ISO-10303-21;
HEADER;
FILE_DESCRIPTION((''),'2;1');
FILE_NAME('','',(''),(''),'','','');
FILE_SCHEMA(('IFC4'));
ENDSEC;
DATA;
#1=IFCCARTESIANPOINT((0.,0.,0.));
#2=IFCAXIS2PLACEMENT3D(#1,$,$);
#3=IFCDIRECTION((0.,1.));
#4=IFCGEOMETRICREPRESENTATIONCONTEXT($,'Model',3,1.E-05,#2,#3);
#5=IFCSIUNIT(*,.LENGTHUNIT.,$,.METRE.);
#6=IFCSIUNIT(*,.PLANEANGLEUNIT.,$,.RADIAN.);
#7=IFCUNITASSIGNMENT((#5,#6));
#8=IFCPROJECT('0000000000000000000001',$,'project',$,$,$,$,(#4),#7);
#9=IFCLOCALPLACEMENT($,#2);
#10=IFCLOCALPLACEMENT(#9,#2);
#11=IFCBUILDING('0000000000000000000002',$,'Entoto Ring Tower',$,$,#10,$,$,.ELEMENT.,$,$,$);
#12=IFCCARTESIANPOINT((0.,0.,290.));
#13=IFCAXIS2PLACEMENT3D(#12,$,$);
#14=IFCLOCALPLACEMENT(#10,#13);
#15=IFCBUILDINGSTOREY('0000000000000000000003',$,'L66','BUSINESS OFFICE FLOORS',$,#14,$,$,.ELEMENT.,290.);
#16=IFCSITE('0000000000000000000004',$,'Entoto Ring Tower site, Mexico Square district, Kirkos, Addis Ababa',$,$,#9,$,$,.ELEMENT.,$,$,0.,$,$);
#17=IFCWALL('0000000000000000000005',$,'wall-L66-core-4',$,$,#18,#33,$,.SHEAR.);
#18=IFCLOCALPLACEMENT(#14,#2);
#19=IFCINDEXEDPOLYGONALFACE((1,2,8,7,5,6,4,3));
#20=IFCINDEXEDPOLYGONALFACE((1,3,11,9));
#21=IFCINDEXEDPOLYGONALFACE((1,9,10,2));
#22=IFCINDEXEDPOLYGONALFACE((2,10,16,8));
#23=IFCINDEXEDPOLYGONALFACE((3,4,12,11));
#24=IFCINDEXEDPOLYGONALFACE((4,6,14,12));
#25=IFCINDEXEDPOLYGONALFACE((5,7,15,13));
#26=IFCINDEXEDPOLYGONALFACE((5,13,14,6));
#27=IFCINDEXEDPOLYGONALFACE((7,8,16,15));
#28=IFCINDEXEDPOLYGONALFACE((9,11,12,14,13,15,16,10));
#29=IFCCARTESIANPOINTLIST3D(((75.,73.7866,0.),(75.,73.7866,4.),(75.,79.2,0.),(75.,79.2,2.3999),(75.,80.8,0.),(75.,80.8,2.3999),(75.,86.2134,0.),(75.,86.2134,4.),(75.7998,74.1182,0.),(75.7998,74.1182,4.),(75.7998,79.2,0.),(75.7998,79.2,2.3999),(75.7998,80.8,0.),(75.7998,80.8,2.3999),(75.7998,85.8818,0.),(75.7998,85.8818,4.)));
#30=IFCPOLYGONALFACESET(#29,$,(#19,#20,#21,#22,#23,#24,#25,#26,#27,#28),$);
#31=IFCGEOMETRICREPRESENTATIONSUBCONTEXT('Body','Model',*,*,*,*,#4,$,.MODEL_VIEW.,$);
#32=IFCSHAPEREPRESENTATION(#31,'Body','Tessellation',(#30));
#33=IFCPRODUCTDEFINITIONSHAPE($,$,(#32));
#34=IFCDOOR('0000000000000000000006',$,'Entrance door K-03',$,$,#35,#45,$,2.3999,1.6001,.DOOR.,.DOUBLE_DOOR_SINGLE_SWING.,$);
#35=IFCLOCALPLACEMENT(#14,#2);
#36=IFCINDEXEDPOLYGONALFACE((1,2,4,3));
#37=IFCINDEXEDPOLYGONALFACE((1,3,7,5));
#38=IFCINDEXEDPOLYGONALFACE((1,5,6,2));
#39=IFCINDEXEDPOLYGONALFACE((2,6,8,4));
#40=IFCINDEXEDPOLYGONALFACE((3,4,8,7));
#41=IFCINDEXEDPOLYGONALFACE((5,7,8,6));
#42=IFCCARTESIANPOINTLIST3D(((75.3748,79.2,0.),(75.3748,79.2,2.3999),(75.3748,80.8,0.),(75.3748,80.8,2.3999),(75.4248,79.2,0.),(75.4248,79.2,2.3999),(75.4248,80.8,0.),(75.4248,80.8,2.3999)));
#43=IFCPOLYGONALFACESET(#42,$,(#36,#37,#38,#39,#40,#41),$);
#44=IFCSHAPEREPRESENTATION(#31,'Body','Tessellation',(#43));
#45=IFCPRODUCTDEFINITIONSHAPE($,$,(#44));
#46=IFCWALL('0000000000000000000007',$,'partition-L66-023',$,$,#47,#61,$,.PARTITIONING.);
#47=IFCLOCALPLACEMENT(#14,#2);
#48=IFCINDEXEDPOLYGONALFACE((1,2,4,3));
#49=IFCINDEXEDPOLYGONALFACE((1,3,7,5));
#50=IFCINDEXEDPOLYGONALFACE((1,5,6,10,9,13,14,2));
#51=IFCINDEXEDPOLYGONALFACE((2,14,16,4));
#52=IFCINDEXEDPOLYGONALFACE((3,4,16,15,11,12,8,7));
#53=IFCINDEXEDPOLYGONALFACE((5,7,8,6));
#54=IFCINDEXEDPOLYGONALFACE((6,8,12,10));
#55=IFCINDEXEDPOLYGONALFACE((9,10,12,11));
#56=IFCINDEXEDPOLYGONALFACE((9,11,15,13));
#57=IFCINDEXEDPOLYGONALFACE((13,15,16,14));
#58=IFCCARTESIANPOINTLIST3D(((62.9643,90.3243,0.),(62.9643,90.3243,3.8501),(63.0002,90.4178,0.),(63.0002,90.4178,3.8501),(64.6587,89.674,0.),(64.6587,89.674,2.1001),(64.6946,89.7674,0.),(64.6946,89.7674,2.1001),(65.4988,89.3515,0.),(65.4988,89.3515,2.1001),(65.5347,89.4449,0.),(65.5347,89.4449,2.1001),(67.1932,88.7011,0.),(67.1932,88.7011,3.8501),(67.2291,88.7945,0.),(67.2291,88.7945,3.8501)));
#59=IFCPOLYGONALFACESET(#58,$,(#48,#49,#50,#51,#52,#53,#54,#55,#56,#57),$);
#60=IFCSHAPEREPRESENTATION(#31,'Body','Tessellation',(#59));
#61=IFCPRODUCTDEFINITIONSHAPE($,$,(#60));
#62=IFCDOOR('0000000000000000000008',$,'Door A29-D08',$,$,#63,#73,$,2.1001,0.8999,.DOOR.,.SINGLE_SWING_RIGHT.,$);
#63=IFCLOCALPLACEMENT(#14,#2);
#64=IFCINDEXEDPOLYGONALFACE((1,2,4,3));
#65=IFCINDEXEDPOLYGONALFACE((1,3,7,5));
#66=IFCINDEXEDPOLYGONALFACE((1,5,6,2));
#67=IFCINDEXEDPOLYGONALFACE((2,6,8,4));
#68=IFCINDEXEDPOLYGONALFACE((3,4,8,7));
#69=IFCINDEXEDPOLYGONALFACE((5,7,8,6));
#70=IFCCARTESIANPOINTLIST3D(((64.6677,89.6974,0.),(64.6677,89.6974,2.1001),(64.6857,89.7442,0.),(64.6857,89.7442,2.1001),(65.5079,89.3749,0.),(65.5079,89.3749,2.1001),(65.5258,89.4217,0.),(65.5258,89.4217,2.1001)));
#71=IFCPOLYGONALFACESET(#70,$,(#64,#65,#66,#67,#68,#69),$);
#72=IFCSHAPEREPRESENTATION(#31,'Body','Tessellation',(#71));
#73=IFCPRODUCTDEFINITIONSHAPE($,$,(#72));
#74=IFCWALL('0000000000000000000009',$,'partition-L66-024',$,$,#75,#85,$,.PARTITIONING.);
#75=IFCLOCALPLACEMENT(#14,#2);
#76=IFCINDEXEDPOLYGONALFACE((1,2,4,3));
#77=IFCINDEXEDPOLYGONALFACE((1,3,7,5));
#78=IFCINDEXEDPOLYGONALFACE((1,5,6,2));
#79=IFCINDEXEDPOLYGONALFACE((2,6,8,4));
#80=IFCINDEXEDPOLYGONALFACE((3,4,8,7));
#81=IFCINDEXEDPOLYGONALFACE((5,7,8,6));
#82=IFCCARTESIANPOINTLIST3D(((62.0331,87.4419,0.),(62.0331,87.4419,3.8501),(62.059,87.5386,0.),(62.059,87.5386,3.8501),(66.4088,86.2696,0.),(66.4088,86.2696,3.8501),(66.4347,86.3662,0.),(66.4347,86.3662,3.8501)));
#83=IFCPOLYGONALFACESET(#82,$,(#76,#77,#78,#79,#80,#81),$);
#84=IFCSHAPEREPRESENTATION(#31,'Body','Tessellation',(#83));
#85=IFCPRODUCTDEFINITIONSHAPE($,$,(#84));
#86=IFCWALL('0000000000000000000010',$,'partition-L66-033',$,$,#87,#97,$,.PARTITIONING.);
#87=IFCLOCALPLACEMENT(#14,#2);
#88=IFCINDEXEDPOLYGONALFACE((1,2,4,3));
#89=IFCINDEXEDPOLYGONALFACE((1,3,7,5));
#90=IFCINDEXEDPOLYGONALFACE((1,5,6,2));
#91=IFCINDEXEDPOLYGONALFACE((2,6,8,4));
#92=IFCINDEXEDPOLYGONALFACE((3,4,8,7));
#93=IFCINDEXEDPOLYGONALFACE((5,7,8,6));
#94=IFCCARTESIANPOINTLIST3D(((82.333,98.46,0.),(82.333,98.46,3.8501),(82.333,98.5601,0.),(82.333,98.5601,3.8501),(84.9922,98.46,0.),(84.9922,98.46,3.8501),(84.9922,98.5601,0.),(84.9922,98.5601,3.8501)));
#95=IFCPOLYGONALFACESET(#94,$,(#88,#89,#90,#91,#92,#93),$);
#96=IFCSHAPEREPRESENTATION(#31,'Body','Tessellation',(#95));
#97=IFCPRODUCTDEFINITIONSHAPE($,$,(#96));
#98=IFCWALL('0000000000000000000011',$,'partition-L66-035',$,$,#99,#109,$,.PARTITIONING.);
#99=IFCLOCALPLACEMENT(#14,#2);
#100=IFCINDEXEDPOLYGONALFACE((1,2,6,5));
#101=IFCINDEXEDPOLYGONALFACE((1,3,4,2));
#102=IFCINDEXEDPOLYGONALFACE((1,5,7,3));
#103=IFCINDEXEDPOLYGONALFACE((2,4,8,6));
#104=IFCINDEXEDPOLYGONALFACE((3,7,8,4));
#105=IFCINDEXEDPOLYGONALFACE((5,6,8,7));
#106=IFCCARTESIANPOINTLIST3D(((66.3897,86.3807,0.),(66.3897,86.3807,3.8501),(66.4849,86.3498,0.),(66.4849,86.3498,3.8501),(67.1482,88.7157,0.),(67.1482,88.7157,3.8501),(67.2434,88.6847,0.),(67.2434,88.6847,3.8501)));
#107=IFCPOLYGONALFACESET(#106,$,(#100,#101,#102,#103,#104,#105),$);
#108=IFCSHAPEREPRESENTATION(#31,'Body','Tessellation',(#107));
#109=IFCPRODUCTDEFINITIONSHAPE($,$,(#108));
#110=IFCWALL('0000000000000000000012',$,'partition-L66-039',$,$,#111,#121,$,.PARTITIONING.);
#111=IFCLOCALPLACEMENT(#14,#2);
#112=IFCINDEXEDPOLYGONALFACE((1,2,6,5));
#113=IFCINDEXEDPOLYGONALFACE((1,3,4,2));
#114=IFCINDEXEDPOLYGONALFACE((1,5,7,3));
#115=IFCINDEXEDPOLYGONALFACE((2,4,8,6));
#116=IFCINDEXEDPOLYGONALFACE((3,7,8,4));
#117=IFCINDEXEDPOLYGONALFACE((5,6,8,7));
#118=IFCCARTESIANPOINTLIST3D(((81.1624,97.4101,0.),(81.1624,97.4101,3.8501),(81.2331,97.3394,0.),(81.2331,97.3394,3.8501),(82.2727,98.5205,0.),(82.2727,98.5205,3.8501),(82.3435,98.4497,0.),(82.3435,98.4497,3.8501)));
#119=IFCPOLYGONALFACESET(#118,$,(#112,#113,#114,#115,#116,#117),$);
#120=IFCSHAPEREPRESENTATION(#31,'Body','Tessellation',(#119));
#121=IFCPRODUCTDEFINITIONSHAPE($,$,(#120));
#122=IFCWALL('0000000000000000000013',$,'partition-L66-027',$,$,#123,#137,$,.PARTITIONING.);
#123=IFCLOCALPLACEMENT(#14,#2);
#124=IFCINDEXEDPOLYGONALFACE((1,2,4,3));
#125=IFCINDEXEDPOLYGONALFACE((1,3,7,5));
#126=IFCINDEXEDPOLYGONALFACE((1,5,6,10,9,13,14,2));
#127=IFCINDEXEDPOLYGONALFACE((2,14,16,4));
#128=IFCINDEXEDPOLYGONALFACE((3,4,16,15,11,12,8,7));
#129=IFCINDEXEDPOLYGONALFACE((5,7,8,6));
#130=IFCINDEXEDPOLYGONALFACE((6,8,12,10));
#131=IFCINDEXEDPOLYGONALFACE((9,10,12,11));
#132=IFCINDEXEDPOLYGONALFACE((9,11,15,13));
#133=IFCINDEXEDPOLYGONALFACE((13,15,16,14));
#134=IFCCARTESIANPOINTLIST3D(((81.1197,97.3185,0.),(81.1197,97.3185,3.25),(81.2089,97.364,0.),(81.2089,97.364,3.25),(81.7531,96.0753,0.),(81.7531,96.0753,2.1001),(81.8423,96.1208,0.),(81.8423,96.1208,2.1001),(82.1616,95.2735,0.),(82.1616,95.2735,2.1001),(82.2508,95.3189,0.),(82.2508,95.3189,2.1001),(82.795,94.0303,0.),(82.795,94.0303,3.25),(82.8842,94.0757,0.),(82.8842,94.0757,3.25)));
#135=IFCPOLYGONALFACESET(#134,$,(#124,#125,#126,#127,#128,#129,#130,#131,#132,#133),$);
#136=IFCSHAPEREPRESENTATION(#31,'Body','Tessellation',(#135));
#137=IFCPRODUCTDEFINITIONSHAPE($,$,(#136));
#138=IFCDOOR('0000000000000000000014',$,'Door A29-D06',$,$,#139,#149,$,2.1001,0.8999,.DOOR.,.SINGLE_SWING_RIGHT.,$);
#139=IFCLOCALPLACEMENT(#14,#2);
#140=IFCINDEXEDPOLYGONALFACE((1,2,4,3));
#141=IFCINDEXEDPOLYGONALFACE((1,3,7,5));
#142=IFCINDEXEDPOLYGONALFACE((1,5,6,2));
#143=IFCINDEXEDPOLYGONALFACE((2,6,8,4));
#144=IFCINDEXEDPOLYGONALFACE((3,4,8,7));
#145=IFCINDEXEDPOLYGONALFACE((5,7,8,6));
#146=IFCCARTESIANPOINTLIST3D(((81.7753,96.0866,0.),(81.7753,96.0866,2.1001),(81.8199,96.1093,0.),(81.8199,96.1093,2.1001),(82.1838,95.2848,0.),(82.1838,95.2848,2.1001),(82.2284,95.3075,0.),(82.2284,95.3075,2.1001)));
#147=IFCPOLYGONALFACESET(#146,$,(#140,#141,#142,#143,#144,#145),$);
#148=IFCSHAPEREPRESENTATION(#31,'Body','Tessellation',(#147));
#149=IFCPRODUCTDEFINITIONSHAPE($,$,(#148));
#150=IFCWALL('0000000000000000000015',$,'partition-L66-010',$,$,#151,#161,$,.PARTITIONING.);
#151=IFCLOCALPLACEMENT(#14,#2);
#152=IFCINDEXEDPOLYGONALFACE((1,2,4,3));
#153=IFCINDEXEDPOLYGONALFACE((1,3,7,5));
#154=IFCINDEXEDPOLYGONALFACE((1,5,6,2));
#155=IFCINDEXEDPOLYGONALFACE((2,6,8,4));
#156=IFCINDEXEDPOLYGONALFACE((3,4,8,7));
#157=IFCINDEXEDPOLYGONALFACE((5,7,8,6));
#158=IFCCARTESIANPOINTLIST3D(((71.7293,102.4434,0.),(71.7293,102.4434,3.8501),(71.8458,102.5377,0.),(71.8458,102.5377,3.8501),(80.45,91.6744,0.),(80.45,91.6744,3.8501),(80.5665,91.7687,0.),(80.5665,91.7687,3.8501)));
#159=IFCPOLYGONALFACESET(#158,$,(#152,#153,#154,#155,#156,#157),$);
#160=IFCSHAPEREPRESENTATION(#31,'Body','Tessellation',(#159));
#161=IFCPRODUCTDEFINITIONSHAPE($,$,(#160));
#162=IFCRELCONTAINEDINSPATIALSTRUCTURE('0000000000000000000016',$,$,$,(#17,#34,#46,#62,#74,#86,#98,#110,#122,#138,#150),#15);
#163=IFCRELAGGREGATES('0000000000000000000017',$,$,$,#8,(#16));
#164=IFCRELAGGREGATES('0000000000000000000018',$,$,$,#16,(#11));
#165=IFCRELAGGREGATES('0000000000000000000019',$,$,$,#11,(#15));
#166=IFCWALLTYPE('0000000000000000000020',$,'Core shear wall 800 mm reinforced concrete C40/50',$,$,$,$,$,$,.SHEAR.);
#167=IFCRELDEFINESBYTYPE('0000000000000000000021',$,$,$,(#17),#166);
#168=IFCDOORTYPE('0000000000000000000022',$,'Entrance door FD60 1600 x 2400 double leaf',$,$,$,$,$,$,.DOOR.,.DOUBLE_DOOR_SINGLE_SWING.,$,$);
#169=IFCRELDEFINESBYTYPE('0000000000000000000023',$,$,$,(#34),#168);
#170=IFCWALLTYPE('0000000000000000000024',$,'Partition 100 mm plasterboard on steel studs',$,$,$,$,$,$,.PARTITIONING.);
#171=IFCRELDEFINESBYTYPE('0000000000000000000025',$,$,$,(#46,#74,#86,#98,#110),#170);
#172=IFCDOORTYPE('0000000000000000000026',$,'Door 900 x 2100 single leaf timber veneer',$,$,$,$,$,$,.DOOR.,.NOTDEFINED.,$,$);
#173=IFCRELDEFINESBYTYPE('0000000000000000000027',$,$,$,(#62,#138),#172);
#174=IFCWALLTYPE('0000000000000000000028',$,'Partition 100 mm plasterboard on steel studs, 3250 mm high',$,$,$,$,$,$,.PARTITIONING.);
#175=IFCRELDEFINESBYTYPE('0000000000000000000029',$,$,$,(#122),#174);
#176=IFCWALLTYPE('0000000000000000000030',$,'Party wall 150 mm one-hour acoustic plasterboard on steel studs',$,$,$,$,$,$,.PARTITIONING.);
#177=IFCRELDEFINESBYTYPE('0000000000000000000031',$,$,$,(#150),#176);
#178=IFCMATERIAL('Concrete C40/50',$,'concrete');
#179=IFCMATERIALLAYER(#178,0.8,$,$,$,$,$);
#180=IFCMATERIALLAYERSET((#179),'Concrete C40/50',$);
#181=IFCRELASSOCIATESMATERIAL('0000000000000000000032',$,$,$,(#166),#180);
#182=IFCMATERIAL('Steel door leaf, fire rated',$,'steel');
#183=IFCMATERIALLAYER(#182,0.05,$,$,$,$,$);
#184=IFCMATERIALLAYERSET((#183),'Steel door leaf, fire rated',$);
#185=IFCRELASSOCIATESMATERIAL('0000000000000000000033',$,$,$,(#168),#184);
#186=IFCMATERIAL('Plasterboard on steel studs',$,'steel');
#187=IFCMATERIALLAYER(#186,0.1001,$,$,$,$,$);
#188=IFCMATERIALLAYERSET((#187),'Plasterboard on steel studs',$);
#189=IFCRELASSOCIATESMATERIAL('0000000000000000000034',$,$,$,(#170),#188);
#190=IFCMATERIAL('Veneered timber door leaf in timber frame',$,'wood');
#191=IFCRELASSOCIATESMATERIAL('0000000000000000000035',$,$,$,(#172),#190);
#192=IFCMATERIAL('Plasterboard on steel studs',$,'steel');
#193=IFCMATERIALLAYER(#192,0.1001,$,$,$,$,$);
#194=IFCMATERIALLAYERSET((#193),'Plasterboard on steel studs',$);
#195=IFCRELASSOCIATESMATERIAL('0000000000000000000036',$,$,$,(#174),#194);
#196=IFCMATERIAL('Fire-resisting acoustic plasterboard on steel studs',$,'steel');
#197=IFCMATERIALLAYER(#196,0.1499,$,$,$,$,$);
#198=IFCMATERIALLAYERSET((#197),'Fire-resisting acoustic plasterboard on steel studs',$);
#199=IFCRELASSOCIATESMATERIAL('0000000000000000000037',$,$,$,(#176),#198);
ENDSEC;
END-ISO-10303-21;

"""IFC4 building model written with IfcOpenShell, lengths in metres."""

from ifc_helpers import new_model, si_unit, direction, frame, frame_2d, origin, place, context, subcontext, project, spatial, polyline, rectangle, outline, extrude, material, layer, layer_set, type_object, element, fill, save


model = new_model("IFC4")

# Units and contexts
model_context = context("Model", 3, precision=1e-05, world=origin(), true_north=direction((0.0, 1.0)))
body_context = subcontext(model_context, "Body", "Model", "MODEL_VIEW")
ifc_project = project(units=[si_unit("LENGTHUNIT", "METRE"), si_unit("PLANEANGLEUNIT", "RADIAN")], contexts=[model_context])

# Site, building, storey
site_placement = place(None, origin())
site = spatial("IfcSite", under=ifc_project, at=site_placement, Name="Entoto Ring Tower site, Mexico Square district, Kirkos, Addis Ababa", CompositionType="ELEMENT", RefElevation=0.0)
building_placement = place(site_placement, origin())
building = spatial("IfcBuilding", under=site, at=building_placement, Name="Entoto Ring Tower", CompositionType="ELEMENT")
storey_placement = place(building_placement, frame((0.0, 0.0, 290.0)))
storey = spatial("IfcBuildingStorey", under=building, at=storey_placement, Name="L66", Description="BUSINESS OFFICE FLOORS", CompositionType="ELEMENT", Elevation=290.0)

# Shared definitions
ifc_material_1 = material(Name="Concrete C40/50", Category="concrete")
ifc_layer_1 = layer(ifc_material_1, 0.8)
ifc_layer_set_1 = layer_set([ifc_layer_1], Name="Concrete C40/50")
wall_type_1 = type_object("IfcWallType", Name="Core shear wall 800 mm reinforced concrete C40/50", PredefinedType="SHEAR", material=ifc_layer_set_1)

# Walls, openings, doors
wall_1_placement = place(storey_placement, frame((75.3999, 86.0476, 0.0), z_axis=(0.0, 0.0, 1.0), x_axis=(0.0, -1.0, 0.0)))
wall_1 = element("IfcWall", 1, at=wall_1_placement, inside=storey, type_object=wall_type_1, Name="wall-L66-core-4", PredefinedType="SHEAR", context=body_context, shape_type="SweptSolid", body=[
    extrude(outline(polyline([(-0.1658, -0.3999), (12.261, -0.3999), (11.9294, 0.3999), (0.1658, 0.3999), (-0.1658, -0.3999)])), origin(), (0.0, 0.0, 1.0), 4.0),
])
opening_1_placement = place(wall_1_placement, frame((5.2476, 0.0, 0.0)))
opening_1 = element("IfcOpeningElement", 2, at=opening_1_placement, cuts=wall_1, PredefinedType="OPENING", context=body_context, shape_type="SweptSolid", body=[
    extrude(rectangle(XDim=1.6001, YDim=2.3999, at=frame_2d((0.8, 1.2))), frame((0.0, 0.4102, 0.0), z_axis=(0.0, -1.0, 0.0), x_axis=(1.0, 0.0, 0.0)), (0.0, 0.0, 1.0), 0.8201),
])
ifc_material_2 = material(Name="Steel door leaf, fire rated", Category="steel")
ifc_layer_2 = layer(ifc_material_2, 0.05)
ifc_layer_set_2 = layer_set([ifc_layer_2], Name="Steel door leaf, fire rated")
door_type_1 = type_object("IfcDoorType", Name="Entrance door FD60 1600 x 2400 double leaf", OperationType="DOUBLE_DOOR_SINGLE_SWING", PredefinedType="DOOR", material=ifc_layer_set_2)
door_1_placement = place(opening_1_placement, origin())
door_1 = element("IfcDoor", 3, at=door_1_placement, inside=storey, type_object=door_type_1, Name="Entrance door K-03", OperationType="DOUBLE_DOOR_SINGLE_SWING", OverallHeight=2.3999, OverallWidth=1.6001, PredefinedType="DOOR", context=body_context, shape_type="SweptSolid", body=[
    extrude(rectangle(XDim=1.6001, YDim=2.3999, at=frame_2d((0.8, 1.2))), frame((0.0, 0.0249, 0.0), z_axis=(0.0, -1.0, 0.0), x_axis=(1.0, 0.0, 0.0)), (0.0, 0.0, 1.0), 0.05),
])
fill(opening_1, door_1)
ifc_material_3 = material(Name="Plasterboard on steel studs", Category="steel")
ifc_layer_3 = layer(ifc_material_3, 0.1001)
ifc_layer_set_3 = layer_set([ifc_layer_3], Name="Plasterboard on steel studs")
wall_type_2 = type_object("IfcWallType", Name="Partition 100 mm plasterboard on steel studs", PredefinedType="PARTITIONING", material=ifc_layer_set_3)
wall_2_placement = place(storey_placement, frame((67.2112, 88.7478, 0.0), z_axis=(0.0, 0.0, 1.0), x_axis=(-0.933586, 0.358354, 0.0)))
wall_2 = element("IfcWall", 4, at=wall_2_placement, inside=storey, type_object=wall_type_2, Name="partition-L66-023", PredefinedType="PARTITIONING", context=body_context, shape_type="SweptSolid", body=[
    extrude(rectangle(XDim=4.5298, YDim=0.1001, at=frame_2d((2.2649, 0.0))), origin(), (0.0, 0.0, 1.0), 3.8501),
])
opening_2_placement = place(wall_2_placement, frame((1.8149, 0.0, 0.0)))
opening_2 = element("IfcOpeningElement", 5, at=opening_2_placement, cuts=wall_2, PredefinedType="OPENING", context=body_context, shape_type="SweptSolid", body=[
    extrude(rectangle(XDim=0.8999, YDim=2.1001, at=frame_2d((0.45, 1.05))), frame((0.0, 0.0601, 0.0), z_axis=(0.0, -1.0, 0.0), x_axis=(1.0, 0.0, 0.0)), (0.0, 0.0, 1.0), 0.1201),
])
ifc_material_4 = material(Name="Veneered timber door leaf in timber frame", Category="wood")
door_type_2 = type_object("IfcDoorType", Name="Door 900 x 2100 single leaf timber veneer", OperationType="NOTDEFINED", PredefinedType="DOOR", material=ifc_material_4)
door_2_placement = place(opening_2_placement, origin())
door_2 = element("IfcDoor", 6, at=door_2_placement, inside=storey, type_object=door_type_2, Name="Door A29-D08", OperationType="SINGLE_SWING_RIGHT", OverallHeight=2.1001, OverallWidth=0.8999, PredefinedType="DOOR", context=body_context, shape_type="SweptSolid", body=[
    extrude(rectangle(XDim=0.8999, YDim=2.1001, at=frame_2d((0.45, 1.05))), frame((0.0, 0.0249, 0.0), z_axis=(0.0, -1.0, 0.0), x_axis=(1.0, 0.0, 0.0)), (0.0, 0.0, 1.0), 0.05),
])
fill(opening_2, door_2)

# Walls
wall_3_placement = place(storey_placement, frame((66.4219, 86.3179, 0.0), z_axis=(0.0, 0.0, 1.0), x_axis=(-0.965932, 0.258796, 0.0)))
element("IfcWall", 7, at=wall_3_placement, inside=storey, type_object=wall_type_2, Name="partition-L66-024", PredefinedType="PARTITIONING", context=body_context, shape_type="SweptSolid", body=[
    extrude(rectangle(XDim=4.53, YDim=0.1001, at=frame_2d((2.2651, 0.0))), origin(), (0.0, 0.0, 1.0), 3.8501),
])
wall_4_placement = place(storey_placement, frame((82.333, 98.51, 0.0), z_axis=(0.0, 0.0, 1.0), x_axis=(1.0, 0.0, 0.0)))
element("IfcWall", 8, at=wall_4_placement, inside=storey, type_object=wall_type_2, Name="partition-L66-033", PredefinedType="PARTITIONING", context=body_context, shape_type="SweptSolid", body=[
    extrude(rectangle(XDim=2.6592, YDim=0.1001, at=frame_2d((1.3296, 0.0))), origin(), (0.0, 0.0, 1.0), 3.8501),
])
wall_5_placement = place(storey_placement, frame((66.4373, 86.3652, 0.0), z_axis=(0.0, 0.0, 1.0), x_axis=(0.308969, 0.951072, 0.0)))
element("IfcWall", 9, at=wall_5_placement, inside=storey, type_object=wall_type_2, Name="partition-L66-035", PredefinedType="PARTITIONING", context=body_context, shape_type="SweptSolid", body=[
    extrude(rectangle(XDim=2.4551, YDim=0.1001, at=frame_2d((1.2275, 0.0))), origin(), (0.0, 0.0, 1.0), 3.8501),
])
wall_6_placement = place(storey_placement, frame((81.1978, 97.3748, 0.0), z_axis=(0.0, 0.0, 1.0), x_axis=(0.707107, 0.707107, 0.0)))
element("IfcWall", 10, at=wall_6_placement, inside=storey, type_object=wall_type_2, Name="partition-L66-039", PredefinedType="PARTITIONING", context=body_context, shape_type="SweptSolid", body=[
    extrude(rectangle(XDim=1.5703, YDim=0.1001, at=frame_2d((0.7852, 0.0))), origin(), (0.0, 0.0, 1.0), 3.8501),
])

# Wall, opening, door
ifc_material_5 = material(Name="Plasterboard on steel studs", Category="steel")
ifc_layer_4 = layer(ifc_material_5, 0.1001)
ifc_layer_set_4 = layer_set([ifc_layer_4], Name="Plasterboard on steel studs")
wall_type_3 = type_object("IfcWallType", Name="Partition 100 mm plasterboard on steel studs, 3250 mm high", PredefinedType="PARTITIONING", material=ifc_layer_set_4)
wall_7_placement = place(storey_placement, frame((82.8396, 94.053, 0.0), z_axis=(0.0, 0.0, 1.0), x_axis=(-0.453949, 0.891028, 0.0)))
wall_7 = element("IfcWall", 11, at=wall_7_placement, inside=storey, type_object=wall_type_3, Name="partition-L66-027", PredefinedType="PARTITIONING", context=body_context, shape_type="SweptSolid", body=[
    extrude(rectangle(XDim=3.6904, YDim=0.1001, at=frame_2d((1.8452, 0.0))), origin(), (0.0, 0.0, 1.0), 3.25),
])
opening_3_placement = place(wall_7_placement, frame((1.3953, 0.0, 0.0)))
opening_3 = element("IfcOpeningElement", 12, at=opening_3_placement, cuts=wall_7, PredefinedType="OPENING", context=body_context, shape_type="SweptSolid", body=[
    extrude(rectangle(XDim=0.8999, YDim=2.1001, at=frame_2d((0.45, 1.05))), frame((0.0, 0.0601, 0.0), z_axis=(0.0, -1.0, 0.0), x_axis=(1.0, 0.0, 0.0)), (0.0, 0.0, 1.0), 0.1201),
])
door_3_placement = place(opening_3_placement, frame((0.8999, 0.0, 0.0), z_axis=(0.0, 0.0, 1.0), x_axis=(-1.0, 0.0, 0.0)))
door_3 = element("IfcDoor", 13, at=door_3_placement, inside=storey, type_object=door_type_2, Name="Door A29-D06", OperationType="SINGLE_SWING_RIGHT", OverallHeight=2.1001, OverallWidth=0.8999, PredefinedType="DOOR", context=body_context, shape_type="SweptSolid", body=[
    extrude(rectangle(XDim=0.8999, YDim=2.1001, at=frame_2d((0.45, 1.05))), frame((0.0, 0.0249, 0.0), z_axis=(0.0, -1.0, 0.0), x_axis=(1.0, 0.0, 0.0)), (0.0, 0.0, 1.0), 0.05),
])
fill(opening_3, door_3)

# Wall
ifc_material_6 = material(Name="Fire-resisting acoustic plasterboard on steel studs", Category="steel")
ifc_layer_5 = layer(ifc_material_6, 0.1499)
ifc_layer_set_5 = layer_set([ifc_layer_5], Name="Fire-resisting acoustic plasterboard on steel studs")
wall_type_4 = type_object("IfcWallType", Name="Party wall 150 mm one-hour acoustic plasterboard on steel studs", PredefinedType="PARTITIONING", material=ifc_layer_set_5)
wall_8_placement = place(storey_placement, frame((80.5083, 91.7214, 0.0), z_axis=(0.0, 0.0, 1.0), x_axis=(-0.629325, 0.777142, 0.0)))
element("IfcWall", 14, at=wall_8_placement, inside=storey, type_object=wall_type_4, Name="partition-L66-010", PredefinedType="PARTITIONING", context=body_context, shape_type="SweptSolid", body=[
    extrude(rectangle(XDim=13.8572, YDim=0.1499, at=frame_2d((6.9287, 0.0))), origin(), (0.0, 0.0, 1.0), 3.8501),
])

save(model, "model.ifc")
